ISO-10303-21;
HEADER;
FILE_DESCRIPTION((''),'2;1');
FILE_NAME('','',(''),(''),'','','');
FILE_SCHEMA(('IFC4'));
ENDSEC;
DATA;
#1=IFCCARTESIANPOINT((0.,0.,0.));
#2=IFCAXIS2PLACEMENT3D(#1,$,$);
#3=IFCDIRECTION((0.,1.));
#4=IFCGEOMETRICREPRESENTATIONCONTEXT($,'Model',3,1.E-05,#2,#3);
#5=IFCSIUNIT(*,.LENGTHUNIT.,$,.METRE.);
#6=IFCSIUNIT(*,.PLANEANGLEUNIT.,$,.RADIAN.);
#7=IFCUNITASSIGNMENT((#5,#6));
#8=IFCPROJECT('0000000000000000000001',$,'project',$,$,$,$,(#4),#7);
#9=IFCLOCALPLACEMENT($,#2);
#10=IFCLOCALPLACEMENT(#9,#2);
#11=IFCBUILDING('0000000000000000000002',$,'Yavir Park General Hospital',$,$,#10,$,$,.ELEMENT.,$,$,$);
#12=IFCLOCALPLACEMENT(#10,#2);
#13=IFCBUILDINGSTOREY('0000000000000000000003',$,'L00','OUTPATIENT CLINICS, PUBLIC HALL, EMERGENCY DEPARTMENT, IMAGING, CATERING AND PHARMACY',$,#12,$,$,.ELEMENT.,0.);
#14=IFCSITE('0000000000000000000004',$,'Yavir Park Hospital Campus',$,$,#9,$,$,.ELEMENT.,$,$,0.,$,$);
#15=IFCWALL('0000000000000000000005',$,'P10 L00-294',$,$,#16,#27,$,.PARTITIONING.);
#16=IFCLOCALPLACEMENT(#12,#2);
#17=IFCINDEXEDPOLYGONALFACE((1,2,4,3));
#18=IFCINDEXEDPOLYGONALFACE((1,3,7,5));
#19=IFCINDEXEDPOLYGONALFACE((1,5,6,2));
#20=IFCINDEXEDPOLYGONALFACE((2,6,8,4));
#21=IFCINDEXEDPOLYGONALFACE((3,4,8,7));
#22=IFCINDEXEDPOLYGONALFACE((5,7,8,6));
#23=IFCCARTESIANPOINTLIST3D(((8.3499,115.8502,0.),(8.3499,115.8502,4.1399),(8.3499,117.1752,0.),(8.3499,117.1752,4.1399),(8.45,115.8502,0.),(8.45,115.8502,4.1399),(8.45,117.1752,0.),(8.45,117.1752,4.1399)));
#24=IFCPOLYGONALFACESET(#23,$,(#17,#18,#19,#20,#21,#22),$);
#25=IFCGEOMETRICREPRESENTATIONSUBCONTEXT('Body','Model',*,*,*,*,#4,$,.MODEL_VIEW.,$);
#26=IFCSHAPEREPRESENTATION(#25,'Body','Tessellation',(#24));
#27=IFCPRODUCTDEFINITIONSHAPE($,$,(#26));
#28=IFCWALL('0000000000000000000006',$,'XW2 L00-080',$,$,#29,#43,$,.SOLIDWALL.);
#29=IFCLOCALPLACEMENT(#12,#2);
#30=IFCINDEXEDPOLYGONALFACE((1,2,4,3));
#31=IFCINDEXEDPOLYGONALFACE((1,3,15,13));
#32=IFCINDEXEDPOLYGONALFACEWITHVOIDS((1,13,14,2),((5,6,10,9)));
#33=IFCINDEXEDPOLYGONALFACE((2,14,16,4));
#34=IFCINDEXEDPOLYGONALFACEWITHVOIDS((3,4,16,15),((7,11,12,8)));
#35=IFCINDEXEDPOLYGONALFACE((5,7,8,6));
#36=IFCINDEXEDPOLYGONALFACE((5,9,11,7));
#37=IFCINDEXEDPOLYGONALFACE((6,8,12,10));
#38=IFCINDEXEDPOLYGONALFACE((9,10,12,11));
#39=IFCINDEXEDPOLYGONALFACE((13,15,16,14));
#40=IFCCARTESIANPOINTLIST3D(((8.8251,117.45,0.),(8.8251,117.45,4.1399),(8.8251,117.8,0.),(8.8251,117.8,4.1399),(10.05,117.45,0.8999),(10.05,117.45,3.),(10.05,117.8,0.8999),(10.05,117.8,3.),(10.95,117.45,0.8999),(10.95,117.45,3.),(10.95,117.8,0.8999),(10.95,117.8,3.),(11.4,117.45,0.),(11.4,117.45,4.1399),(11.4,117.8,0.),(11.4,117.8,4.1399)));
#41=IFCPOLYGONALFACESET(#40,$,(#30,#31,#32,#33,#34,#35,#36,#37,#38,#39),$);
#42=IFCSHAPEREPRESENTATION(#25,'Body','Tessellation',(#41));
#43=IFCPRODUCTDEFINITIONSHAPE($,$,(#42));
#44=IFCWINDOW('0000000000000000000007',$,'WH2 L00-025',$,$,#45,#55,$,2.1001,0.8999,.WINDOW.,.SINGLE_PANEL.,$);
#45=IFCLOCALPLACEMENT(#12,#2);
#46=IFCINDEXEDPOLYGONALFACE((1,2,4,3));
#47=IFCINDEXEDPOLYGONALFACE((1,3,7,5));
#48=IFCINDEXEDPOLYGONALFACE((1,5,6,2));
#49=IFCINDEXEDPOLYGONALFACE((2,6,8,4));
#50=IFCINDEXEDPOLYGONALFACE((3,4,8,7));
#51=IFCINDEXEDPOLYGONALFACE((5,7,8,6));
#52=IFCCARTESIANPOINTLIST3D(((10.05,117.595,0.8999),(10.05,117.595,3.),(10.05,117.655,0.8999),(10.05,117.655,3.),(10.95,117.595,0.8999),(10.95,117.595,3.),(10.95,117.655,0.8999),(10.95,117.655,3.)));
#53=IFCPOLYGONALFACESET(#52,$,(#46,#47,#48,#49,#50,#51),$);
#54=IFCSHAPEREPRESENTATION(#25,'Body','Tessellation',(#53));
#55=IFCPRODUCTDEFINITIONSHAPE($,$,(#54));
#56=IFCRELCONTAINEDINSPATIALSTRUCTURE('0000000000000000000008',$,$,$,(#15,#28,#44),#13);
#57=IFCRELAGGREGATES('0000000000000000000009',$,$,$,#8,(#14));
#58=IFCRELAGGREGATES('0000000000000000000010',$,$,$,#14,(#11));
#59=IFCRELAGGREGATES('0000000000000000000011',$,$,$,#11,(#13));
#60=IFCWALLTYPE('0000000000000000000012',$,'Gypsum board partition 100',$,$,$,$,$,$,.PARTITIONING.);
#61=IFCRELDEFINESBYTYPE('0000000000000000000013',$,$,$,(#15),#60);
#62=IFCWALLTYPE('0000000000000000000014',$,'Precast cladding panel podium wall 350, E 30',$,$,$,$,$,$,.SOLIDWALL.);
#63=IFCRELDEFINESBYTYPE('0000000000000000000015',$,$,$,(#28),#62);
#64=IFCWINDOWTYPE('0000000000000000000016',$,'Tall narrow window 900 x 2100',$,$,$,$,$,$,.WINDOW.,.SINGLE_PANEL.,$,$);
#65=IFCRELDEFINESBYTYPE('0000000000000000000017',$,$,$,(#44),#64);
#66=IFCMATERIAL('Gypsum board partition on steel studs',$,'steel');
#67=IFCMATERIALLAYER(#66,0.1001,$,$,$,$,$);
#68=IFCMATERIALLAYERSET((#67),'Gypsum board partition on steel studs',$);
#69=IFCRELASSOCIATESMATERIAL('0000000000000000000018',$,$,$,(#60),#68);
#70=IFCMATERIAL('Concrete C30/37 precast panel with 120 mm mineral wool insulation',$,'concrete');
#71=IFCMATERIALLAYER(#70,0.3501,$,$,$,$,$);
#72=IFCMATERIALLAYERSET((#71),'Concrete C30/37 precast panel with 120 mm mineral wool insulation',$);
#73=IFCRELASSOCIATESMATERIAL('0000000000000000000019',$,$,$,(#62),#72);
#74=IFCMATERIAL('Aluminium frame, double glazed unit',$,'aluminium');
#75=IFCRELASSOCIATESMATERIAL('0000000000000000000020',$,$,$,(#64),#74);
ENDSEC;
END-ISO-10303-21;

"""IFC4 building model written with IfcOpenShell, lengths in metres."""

from ifc_helpers import new_model, si_unit, direction, frame, frame_2d, origin, place, context, subcontext, project, spatial, rectangle, extrude, material, layer, layer_set, type_object, element, fill, save


model = new_model("IFC4")

# Units and contexts
model_context = context("Model", 3, precision=1e-05, world=origin(), true_north=direction((0.0, 1.0)))
body_context = subcontext(model_context, "Body", "Model", "MODEL_VIEW")
ifc_project = project(units=[si_unit("LENGTHUNIT", "METRE"), si_unit("PLANEANGLEUNIT", "RADIAN")], contexts=[model_context])

# Site, building, storey
site_placement = place(None, origin())
site = spatial("IfcSite", under=ifc_project, at=site_placement, Name="Yavir Park Hospital Campus", CompositionType="ELEMENT", RefElevation=0.0)
building_placement = place(site_placement, origin())
building = spatial("IfcBuilding", under=site, at=building_placement, Name="Yavir Park General Hospital", CompositionType="ELEMENT")
storey_placement = place(building_placement, origin())
storey = spatial("IfcBuildingStorey", under=building, at=storey_placement, Name="L00", Description="OUTPATIENT CLINICS, PUBLIC HALL, EMERGENCY DEPARTMENT, IMAGING, CATERING AND PHARMACY", CompositionType="ELEMENT", Elevation=0.0)

# Shared definitions
ifc_material_1 = material(Name="Gypsum board partition on steel studs", Category="steel")
ifc_layer_1 = layer(ifc_material_1, 0.1001)
ifc_layer_set_1 = layer_set([ifc_layer_1], Name="Gypsum board partition on steel studs")
wall_type_1 = type_object("IfcWallType", Name="Gypsum board partition 100", PredefinedType="PARTITIONING", material=ifc_layer_set_1)

# Wall
wall_1_placement = place(storey_placement, frame((8.3999, 115.8501, 0.0), z_axis=(0.0, 0.0, 1.0), x_axis=(0.0, 1.0, 0.0)))
element("IfcWall", 1, at=wall_1_placement, inside=storey, type_object=wall_type_1, Name="P10 L00-294", PredefinedType="PARTITIONING", context=body_context, shape_type="SweptSolid", body=[
    extrude(rectangle(XDim=1.325, YDim=0.1001, at=frame_2d((0.6626, 0.0))), origin(), (0.0, 0.0, 1.0), 4.1399),
])

# Wall, opening, window
ifc_material_2 = material(Name="Concrete C30/37 precast panel with 120 mm mineral wool insulation", Category="concrete")
ifc_layer_2 = layer(ifc_material_2, 0.3501)
ifc_layer_set_2 = layer_set([ifc_layer_2], Name="Concrete C30/37 precast panel with 120 mm mineral wool insulation")
wall_type_2 = type_object("IfcWallType", Name="Precast cladding panel podium wall 350, E 30", PredefinedType="SOLIDWALL", material=ifc_layer_set_2)
wall_2_placement = place(storey_placement, frame((8.825, 117.625, 0.0), z_axis=(0.0, 0.0, 1.0), x_axis=(1.0, 0.0, 0.0)))
wall_2 = element("IfcWall", 2, at=wall_2_placement, inside=storey, type_object=wall_type_2, Name="XW2 L00-080", PredefinedType="SOLIDWALL", context=body_context, shape_type="SweptSolid", body=[
    extrude(rectangle(XDim=2.575, YDim=0.3501, at=frame_2d((1.2876, 0.0))), origin(), (0.0, 0.0, 1.0), 4.1399),
])
opening_1_placement = place(wall_2_placement, frame((1.2251, 0.0, 0.8999)))
opening_1 = element("IfcOpeningElement", 3, at=opening_1_placement, cuts=wall_2, PredefinedType="OPENING", context=body_context, shape_type="SweptSolid", body=[
    extrude(rectangle(XDim=0.8999, YDim=2.1001, at=frame_2d((0.45, 1.05))), frame((0.0, 0.1851, 0.0), z_axis=(0.0, -1.0, 0.0), x_axis=(1.0, 0.0, 0.0)), (0.0, 0.0, 1.0), 0.3701),
])
ifc_material_3 = material(Name="Aluminium frame, double glazed unit", Category="aluminium")
window_type = type_object("IfcWindowType", Name="Tall narrow window 900 x 2100", PartitioningType="SINGLE_PANEL", PredefinedType="WINDOW", material=ifc_material_3)
window_placement = place(opening_1_placement, origin())
window = element("IfcWindow", 4, at=window_placement, inside=storey, type_object=window_type, Name="WH2 L00-025", OverallHeight=2.1001, OverallWidth=0.8999, PartitioningType="SINGLE_PANEL", PredefinedType="WINDOW", context=body_context, shape_type="SweptSolid", body=[
    extrude(rectangle(XDim=0.8999, YDim=2.1001, at=frame_2d((0.45, 1.05))), frame((0.0, 0.03, 0.0), z_axis=(0.0, -1.0, 0.0), x_axis=(1.0, 0.0, 0.0)), (0.0, 0.0, 1.0), 0.0601),
])
fill(opening_1, window)

save(model, "model.ifc")
